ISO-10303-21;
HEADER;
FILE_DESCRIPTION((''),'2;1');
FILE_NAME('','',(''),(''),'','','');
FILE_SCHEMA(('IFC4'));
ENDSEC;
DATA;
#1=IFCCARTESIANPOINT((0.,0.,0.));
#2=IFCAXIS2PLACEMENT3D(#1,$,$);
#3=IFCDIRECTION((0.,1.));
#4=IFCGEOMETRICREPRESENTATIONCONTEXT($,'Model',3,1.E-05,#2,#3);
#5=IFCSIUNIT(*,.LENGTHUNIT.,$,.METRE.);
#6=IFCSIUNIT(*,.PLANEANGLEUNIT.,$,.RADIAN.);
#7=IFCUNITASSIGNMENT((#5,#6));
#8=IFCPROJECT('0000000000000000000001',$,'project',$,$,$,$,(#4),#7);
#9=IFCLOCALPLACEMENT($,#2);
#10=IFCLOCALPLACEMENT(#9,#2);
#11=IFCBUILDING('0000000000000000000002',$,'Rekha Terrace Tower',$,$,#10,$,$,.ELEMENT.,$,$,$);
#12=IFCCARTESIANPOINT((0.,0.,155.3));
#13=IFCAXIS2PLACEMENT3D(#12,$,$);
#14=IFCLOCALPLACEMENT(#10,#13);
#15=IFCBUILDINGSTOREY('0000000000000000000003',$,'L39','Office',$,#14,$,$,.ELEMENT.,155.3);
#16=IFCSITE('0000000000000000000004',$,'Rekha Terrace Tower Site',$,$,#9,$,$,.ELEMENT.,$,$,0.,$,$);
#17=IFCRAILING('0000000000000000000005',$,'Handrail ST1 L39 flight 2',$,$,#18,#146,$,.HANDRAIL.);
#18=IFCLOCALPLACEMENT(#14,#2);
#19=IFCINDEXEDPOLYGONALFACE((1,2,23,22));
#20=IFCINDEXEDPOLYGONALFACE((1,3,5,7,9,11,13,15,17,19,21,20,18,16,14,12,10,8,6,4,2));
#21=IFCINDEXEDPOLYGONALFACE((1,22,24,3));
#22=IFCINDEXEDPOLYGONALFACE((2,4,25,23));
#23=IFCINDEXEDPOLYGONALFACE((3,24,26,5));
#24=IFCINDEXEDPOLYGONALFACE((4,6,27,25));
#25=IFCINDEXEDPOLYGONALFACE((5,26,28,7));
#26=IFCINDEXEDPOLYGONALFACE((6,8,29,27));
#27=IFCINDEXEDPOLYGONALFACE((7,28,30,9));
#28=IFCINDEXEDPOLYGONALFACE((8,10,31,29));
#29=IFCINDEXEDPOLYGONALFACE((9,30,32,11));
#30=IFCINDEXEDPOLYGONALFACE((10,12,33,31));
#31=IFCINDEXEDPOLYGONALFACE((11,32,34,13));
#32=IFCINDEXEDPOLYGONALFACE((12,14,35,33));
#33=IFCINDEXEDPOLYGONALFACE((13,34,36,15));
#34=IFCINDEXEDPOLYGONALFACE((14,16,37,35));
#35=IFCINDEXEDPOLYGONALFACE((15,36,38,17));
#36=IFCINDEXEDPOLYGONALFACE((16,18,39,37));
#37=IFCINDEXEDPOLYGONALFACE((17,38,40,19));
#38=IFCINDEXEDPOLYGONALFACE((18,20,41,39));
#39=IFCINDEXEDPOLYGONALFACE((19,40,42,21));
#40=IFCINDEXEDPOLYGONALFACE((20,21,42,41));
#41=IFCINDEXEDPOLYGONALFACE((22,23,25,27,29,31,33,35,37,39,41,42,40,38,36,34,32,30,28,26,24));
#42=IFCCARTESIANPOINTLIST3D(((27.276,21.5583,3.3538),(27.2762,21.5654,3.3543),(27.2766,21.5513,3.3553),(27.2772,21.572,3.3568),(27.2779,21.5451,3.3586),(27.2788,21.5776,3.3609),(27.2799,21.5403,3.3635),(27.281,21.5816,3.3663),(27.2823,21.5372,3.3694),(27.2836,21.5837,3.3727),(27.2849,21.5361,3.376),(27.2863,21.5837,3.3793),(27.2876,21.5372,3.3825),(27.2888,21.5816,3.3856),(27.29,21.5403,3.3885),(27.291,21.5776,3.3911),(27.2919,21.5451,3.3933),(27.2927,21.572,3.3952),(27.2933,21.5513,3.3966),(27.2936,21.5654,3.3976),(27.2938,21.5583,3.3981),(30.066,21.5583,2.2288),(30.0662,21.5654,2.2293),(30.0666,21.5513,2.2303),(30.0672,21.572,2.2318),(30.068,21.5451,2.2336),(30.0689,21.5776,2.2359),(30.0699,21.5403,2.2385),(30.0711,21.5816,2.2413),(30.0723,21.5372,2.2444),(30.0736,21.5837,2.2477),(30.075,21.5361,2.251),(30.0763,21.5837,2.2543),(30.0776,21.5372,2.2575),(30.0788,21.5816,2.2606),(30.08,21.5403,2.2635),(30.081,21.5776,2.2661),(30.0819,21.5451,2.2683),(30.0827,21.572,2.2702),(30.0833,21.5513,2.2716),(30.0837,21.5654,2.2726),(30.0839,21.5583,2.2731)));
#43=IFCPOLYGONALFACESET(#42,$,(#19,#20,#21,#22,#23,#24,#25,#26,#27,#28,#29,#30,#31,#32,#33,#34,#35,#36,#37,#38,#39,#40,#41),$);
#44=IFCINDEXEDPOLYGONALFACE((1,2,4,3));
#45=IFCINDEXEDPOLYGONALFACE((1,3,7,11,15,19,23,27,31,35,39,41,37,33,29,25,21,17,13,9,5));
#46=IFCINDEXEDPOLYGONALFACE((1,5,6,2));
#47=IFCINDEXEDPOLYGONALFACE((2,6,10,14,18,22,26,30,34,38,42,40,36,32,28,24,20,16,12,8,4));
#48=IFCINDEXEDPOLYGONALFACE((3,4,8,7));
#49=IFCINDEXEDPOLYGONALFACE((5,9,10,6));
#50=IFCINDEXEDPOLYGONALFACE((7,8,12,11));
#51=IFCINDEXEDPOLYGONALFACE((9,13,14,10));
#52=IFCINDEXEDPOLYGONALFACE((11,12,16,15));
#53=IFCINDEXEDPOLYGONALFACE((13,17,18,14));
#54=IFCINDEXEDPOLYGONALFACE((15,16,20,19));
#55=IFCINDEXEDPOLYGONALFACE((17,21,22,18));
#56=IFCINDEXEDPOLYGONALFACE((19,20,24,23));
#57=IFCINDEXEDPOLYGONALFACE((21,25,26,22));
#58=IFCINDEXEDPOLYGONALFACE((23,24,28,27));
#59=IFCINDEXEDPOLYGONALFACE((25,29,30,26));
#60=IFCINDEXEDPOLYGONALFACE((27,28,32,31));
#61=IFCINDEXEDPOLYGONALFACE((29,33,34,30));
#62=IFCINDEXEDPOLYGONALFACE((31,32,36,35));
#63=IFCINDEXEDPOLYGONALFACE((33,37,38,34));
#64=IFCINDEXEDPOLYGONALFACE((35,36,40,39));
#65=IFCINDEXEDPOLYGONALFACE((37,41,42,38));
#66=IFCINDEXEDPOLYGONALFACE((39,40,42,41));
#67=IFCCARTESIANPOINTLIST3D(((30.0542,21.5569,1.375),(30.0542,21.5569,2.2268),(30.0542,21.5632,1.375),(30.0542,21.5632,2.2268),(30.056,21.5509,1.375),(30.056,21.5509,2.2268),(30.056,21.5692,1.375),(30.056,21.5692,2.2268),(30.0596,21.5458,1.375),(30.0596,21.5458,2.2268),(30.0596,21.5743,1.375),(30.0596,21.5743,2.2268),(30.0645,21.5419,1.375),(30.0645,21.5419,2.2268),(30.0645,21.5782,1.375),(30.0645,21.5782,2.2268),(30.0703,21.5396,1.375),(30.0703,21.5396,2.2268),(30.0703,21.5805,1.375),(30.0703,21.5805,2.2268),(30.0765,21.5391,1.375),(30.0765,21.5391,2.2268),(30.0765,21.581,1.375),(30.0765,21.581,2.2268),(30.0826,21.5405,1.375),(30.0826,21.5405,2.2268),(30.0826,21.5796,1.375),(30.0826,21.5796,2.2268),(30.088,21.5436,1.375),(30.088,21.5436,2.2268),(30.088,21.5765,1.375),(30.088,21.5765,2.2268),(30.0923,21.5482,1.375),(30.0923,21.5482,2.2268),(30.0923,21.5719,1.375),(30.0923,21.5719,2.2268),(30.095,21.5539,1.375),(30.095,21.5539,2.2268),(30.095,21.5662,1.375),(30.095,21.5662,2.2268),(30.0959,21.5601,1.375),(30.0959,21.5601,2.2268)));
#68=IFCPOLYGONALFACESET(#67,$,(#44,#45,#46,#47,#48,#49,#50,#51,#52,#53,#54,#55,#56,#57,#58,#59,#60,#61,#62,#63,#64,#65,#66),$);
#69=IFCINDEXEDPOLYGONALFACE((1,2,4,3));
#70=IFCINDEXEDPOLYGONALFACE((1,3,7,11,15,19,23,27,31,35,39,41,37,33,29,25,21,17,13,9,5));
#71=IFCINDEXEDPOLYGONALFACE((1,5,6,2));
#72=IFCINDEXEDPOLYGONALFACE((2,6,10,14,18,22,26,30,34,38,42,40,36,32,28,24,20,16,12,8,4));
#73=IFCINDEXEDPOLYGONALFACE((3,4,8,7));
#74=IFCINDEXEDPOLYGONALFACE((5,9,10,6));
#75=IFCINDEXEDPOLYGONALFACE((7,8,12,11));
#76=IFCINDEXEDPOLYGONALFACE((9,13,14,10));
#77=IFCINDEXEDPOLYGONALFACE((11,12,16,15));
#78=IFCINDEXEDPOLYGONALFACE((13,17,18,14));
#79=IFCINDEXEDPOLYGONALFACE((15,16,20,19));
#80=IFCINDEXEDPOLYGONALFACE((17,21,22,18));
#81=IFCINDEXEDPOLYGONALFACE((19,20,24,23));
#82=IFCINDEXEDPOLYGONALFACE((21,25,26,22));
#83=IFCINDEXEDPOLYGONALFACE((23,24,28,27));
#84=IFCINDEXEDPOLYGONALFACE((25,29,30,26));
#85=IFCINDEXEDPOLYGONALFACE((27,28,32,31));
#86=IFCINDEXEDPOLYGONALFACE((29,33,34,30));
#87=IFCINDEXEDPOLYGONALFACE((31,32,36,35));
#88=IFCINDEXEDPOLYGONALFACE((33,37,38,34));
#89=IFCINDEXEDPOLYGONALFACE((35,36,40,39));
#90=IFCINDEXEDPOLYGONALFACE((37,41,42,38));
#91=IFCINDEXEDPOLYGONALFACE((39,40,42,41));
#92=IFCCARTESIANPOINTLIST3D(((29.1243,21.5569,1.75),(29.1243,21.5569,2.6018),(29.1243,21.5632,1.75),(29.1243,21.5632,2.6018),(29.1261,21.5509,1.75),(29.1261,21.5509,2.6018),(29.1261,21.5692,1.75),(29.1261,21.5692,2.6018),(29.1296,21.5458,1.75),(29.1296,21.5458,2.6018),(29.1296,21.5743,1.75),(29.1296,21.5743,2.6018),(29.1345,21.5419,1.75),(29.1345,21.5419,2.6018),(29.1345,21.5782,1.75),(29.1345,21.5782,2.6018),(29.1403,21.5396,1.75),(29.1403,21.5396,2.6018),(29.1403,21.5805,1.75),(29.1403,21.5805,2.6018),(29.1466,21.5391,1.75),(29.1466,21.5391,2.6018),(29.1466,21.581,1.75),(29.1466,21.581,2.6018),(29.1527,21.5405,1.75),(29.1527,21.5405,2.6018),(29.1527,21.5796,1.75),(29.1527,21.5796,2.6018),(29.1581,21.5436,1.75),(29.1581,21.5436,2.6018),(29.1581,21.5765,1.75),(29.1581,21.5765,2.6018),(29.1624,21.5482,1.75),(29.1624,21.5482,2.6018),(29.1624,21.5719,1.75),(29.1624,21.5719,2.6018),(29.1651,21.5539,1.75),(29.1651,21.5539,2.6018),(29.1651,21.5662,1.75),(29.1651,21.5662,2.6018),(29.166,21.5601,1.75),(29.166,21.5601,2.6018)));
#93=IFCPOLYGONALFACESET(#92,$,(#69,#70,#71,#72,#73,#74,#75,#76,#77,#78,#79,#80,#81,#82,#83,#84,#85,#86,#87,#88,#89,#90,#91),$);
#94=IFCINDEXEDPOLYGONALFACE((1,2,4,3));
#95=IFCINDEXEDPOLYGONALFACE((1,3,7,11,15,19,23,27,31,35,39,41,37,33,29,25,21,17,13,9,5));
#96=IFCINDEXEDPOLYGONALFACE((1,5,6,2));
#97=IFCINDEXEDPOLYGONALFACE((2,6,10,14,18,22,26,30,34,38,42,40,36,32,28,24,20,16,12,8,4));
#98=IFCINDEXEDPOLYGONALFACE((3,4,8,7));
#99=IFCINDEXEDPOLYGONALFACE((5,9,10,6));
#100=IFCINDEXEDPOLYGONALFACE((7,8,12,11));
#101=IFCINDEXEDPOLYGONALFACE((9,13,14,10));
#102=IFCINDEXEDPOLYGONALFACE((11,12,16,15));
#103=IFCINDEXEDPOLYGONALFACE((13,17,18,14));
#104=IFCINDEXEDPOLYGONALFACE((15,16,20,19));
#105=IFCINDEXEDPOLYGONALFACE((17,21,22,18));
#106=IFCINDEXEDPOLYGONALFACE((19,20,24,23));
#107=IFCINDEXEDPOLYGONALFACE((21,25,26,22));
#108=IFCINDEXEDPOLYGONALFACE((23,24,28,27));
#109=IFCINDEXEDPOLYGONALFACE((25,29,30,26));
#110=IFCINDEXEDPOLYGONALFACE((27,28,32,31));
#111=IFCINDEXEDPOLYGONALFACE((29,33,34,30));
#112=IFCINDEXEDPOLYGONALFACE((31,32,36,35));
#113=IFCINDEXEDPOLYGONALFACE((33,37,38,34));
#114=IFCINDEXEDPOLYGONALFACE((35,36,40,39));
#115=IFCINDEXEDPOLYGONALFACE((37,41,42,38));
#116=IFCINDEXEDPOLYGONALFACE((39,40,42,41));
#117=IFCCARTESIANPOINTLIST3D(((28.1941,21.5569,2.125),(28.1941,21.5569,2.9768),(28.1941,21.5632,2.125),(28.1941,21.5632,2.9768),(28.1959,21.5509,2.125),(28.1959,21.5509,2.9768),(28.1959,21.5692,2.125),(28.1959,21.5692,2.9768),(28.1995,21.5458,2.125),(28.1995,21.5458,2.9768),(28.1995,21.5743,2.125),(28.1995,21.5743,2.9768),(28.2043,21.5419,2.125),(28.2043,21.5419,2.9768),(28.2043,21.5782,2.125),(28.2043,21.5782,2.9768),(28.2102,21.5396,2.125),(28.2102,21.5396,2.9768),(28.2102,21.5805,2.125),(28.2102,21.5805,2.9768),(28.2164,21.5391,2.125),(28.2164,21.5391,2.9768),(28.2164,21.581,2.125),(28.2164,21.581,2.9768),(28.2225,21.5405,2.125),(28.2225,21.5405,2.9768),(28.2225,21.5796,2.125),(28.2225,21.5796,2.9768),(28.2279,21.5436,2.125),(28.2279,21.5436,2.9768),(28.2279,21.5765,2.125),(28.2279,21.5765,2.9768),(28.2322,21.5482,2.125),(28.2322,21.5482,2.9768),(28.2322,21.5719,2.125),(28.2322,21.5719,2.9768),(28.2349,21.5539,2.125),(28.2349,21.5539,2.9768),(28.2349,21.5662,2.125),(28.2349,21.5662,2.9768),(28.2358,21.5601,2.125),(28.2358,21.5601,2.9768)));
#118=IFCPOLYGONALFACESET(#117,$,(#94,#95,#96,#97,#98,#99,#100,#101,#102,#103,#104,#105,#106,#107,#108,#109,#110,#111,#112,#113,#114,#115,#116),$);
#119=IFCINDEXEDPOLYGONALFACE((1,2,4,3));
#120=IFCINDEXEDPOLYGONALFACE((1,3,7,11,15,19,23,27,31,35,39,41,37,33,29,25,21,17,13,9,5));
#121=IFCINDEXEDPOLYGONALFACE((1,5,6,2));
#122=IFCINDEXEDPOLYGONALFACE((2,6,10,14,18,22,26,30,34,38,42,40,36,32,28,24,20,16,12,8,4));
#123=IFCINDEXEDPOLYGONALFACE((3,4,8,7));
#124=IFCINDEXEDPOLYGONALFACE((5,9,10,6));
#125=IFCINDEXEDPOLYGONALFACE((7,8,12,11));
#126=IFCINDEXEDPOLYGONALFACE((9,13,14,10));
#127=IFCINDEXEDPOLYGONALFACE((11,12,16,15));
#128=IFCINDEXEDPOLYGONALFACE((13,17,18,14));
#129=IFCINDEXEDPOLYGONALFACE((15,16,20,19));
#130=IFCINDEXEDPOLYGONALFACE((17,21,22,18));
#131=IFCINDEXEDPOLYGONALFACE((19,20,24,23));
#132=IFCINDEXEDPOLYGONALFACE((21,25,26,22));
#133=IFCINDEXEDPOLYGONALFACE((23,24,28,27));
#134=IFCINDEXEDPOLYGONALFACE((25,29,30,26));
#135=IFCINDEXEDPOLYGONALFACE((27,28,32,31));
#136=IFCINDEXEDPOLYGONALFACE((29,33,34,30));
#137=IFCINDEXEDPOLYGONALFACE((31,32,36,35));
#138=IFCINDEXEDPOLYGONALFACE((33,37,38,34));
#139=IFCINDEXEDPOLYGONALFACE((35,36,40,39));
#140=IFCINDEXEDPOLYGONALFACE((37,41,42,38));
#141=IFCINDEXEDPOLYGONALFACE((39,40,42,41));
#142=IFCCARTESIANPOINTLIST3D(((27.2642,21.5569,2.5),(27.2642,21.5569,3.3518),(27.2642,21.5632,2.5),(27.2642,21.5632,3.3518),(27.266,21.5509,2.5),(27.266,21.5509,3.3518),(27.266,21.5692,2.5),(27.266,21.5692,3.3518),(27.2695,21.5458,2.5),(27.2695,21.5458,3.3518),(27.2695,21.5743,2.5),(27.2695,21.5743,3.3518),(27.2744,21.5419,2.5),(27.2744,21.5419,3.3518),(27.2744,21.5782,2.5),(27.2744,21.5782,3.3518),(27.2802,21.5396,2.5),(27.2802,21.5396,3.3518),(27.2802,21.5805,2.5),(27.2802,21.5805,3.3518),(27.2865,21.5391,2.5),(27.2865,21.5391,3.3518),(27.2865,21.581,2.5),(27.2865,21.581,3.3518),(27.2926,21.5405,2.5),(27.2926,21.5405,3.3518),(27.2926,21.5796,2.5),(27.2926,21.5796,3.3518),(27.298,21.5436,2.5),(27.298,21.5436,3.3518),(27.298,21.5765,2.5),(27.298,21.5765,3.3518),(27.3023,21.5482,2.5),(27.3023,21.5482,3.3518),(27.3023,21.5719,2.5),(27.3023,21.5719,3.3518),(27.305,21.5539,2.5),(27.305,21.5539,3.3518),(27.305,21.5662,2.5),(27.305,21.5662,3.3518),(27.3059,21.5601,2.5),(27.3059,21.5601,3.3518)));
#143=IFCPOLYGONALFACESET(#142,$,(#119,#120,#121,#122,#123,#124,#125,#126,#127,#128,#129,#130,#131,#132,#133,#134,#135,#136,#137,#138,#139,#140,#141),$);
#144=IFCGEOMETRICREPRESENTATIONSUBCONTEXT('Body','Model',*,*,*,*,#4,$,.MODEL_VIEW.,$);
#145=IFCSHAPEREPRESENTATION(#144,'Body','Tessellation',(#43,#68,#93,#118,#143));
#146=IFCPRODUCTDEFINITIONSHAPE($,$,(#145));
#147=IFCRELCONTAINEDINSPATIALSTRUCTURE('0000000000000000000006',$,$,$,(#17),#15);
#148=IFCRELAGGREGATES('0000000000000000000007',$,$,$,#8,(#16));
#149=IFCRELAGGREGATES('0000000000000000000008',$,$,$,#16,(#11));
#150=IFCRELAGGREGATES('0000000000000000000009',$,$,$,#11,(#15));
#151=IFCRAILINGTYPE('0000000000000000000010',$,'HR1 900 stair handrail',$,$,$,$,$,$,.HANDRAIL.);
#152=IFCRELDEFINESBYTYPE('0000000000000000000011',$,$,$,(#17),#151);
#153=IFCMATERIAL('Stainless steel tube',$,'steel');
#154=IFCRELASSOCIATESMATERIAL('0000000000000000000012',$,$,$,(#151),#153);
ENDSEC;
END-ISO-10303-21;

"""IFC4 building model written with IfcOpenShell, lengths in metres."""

from ifc_helpers import new_model, si_unit, direction, frame, origin, origin_2d, place, context, subcontext, project, spatial, circle, extrude, material, type_object, element, save


model = new_model("IFC4")

# Units and contexts
model_context = context("Model", 3, precision=1e-05, world=origin(), true_north=direction((0.0, 1.0)))
body_context = subcontext(model_context, "Body", "Model", "MODEL_VIEW")
ifc_project = project(units=[si_unit("LENGTHUNIT", "METRE"), si_unit("PLANEANGLEUNIT", "RADIAN")], contexts=[model_context])

# Site, building, storey
site_placement = place(None, origin())
site = spatial("IfcSite", under=ifc_project, at=site_placement, Name="Rekha Terrace Tower Site", CompositionType="ELEMENT", RefElevation=0.0)
building_placement = place(site_placement, origin())
building = spatial("IfcBuilding", under=site, at=building_placement, Name="Rekha Terrace Tower", CompositionType="ELEMENT")
storey_placement = place(building_placement, frame((0.0, 0.0, 155.3)))
storey = spatial("IfcBuildingStorey", under=building, at=storey_placement, Name="L39", Description="Office", CompositionType="ELEMENT", Elevation=155.3)

# Railing
ifc_material_1 = material(Name="Stainless steel tube", Category="steel")
railing_type_1 = type_object("IfcRailingType", Name="HR1 900 stair handrail", PredefinedType="HANDRAIL", material=ifc_material_1)
railing_1_placement = place(storey_placement, frame((30.075, 21.5601, 1.375)))
element("IfcRailing", 1, at=railing_1_placement, inside=storey, type_object=railing_type_1, Name="Handrail ST1 L39 flight 2", PredefinedType="HANDRAIL", context=body_context, shape_type="SweptSolid", body=[
    extrude(circle(Radius=0.0239, at=origin_2d()), frame((0.0, 0.0, 0.876), z_axis=(-0.927443, 0.0, 0.373964), x_axis=(0.0, -1.0, 0.0)), (0.0, 0.0, 1.0), 3.0083),
    extrude(circle(Radius=0.021, at=origin_2d()), origin(), (0.0, 0.0, 1.0), 0.8518),
    extrude(circle(Radius=0.021, at=origin_2d()), frame((-0.9299, 0.0, 0.375)), (0.0, 0.0, 1.0), 0.8518),
    extrude(circle(Radius=0.021, at=origin_2d()), frame((-1.8601, 0.0, 0.75)), (0.0, 0.0, 1.0), 0.8518),
    extrude(circle(Radius=0.021, at=origin_2d()), frame((-2.79, 0.0, 1.125)), (0.0, 0.0, 1.0), 0.8518),
])

save(model, "model.ifc")
